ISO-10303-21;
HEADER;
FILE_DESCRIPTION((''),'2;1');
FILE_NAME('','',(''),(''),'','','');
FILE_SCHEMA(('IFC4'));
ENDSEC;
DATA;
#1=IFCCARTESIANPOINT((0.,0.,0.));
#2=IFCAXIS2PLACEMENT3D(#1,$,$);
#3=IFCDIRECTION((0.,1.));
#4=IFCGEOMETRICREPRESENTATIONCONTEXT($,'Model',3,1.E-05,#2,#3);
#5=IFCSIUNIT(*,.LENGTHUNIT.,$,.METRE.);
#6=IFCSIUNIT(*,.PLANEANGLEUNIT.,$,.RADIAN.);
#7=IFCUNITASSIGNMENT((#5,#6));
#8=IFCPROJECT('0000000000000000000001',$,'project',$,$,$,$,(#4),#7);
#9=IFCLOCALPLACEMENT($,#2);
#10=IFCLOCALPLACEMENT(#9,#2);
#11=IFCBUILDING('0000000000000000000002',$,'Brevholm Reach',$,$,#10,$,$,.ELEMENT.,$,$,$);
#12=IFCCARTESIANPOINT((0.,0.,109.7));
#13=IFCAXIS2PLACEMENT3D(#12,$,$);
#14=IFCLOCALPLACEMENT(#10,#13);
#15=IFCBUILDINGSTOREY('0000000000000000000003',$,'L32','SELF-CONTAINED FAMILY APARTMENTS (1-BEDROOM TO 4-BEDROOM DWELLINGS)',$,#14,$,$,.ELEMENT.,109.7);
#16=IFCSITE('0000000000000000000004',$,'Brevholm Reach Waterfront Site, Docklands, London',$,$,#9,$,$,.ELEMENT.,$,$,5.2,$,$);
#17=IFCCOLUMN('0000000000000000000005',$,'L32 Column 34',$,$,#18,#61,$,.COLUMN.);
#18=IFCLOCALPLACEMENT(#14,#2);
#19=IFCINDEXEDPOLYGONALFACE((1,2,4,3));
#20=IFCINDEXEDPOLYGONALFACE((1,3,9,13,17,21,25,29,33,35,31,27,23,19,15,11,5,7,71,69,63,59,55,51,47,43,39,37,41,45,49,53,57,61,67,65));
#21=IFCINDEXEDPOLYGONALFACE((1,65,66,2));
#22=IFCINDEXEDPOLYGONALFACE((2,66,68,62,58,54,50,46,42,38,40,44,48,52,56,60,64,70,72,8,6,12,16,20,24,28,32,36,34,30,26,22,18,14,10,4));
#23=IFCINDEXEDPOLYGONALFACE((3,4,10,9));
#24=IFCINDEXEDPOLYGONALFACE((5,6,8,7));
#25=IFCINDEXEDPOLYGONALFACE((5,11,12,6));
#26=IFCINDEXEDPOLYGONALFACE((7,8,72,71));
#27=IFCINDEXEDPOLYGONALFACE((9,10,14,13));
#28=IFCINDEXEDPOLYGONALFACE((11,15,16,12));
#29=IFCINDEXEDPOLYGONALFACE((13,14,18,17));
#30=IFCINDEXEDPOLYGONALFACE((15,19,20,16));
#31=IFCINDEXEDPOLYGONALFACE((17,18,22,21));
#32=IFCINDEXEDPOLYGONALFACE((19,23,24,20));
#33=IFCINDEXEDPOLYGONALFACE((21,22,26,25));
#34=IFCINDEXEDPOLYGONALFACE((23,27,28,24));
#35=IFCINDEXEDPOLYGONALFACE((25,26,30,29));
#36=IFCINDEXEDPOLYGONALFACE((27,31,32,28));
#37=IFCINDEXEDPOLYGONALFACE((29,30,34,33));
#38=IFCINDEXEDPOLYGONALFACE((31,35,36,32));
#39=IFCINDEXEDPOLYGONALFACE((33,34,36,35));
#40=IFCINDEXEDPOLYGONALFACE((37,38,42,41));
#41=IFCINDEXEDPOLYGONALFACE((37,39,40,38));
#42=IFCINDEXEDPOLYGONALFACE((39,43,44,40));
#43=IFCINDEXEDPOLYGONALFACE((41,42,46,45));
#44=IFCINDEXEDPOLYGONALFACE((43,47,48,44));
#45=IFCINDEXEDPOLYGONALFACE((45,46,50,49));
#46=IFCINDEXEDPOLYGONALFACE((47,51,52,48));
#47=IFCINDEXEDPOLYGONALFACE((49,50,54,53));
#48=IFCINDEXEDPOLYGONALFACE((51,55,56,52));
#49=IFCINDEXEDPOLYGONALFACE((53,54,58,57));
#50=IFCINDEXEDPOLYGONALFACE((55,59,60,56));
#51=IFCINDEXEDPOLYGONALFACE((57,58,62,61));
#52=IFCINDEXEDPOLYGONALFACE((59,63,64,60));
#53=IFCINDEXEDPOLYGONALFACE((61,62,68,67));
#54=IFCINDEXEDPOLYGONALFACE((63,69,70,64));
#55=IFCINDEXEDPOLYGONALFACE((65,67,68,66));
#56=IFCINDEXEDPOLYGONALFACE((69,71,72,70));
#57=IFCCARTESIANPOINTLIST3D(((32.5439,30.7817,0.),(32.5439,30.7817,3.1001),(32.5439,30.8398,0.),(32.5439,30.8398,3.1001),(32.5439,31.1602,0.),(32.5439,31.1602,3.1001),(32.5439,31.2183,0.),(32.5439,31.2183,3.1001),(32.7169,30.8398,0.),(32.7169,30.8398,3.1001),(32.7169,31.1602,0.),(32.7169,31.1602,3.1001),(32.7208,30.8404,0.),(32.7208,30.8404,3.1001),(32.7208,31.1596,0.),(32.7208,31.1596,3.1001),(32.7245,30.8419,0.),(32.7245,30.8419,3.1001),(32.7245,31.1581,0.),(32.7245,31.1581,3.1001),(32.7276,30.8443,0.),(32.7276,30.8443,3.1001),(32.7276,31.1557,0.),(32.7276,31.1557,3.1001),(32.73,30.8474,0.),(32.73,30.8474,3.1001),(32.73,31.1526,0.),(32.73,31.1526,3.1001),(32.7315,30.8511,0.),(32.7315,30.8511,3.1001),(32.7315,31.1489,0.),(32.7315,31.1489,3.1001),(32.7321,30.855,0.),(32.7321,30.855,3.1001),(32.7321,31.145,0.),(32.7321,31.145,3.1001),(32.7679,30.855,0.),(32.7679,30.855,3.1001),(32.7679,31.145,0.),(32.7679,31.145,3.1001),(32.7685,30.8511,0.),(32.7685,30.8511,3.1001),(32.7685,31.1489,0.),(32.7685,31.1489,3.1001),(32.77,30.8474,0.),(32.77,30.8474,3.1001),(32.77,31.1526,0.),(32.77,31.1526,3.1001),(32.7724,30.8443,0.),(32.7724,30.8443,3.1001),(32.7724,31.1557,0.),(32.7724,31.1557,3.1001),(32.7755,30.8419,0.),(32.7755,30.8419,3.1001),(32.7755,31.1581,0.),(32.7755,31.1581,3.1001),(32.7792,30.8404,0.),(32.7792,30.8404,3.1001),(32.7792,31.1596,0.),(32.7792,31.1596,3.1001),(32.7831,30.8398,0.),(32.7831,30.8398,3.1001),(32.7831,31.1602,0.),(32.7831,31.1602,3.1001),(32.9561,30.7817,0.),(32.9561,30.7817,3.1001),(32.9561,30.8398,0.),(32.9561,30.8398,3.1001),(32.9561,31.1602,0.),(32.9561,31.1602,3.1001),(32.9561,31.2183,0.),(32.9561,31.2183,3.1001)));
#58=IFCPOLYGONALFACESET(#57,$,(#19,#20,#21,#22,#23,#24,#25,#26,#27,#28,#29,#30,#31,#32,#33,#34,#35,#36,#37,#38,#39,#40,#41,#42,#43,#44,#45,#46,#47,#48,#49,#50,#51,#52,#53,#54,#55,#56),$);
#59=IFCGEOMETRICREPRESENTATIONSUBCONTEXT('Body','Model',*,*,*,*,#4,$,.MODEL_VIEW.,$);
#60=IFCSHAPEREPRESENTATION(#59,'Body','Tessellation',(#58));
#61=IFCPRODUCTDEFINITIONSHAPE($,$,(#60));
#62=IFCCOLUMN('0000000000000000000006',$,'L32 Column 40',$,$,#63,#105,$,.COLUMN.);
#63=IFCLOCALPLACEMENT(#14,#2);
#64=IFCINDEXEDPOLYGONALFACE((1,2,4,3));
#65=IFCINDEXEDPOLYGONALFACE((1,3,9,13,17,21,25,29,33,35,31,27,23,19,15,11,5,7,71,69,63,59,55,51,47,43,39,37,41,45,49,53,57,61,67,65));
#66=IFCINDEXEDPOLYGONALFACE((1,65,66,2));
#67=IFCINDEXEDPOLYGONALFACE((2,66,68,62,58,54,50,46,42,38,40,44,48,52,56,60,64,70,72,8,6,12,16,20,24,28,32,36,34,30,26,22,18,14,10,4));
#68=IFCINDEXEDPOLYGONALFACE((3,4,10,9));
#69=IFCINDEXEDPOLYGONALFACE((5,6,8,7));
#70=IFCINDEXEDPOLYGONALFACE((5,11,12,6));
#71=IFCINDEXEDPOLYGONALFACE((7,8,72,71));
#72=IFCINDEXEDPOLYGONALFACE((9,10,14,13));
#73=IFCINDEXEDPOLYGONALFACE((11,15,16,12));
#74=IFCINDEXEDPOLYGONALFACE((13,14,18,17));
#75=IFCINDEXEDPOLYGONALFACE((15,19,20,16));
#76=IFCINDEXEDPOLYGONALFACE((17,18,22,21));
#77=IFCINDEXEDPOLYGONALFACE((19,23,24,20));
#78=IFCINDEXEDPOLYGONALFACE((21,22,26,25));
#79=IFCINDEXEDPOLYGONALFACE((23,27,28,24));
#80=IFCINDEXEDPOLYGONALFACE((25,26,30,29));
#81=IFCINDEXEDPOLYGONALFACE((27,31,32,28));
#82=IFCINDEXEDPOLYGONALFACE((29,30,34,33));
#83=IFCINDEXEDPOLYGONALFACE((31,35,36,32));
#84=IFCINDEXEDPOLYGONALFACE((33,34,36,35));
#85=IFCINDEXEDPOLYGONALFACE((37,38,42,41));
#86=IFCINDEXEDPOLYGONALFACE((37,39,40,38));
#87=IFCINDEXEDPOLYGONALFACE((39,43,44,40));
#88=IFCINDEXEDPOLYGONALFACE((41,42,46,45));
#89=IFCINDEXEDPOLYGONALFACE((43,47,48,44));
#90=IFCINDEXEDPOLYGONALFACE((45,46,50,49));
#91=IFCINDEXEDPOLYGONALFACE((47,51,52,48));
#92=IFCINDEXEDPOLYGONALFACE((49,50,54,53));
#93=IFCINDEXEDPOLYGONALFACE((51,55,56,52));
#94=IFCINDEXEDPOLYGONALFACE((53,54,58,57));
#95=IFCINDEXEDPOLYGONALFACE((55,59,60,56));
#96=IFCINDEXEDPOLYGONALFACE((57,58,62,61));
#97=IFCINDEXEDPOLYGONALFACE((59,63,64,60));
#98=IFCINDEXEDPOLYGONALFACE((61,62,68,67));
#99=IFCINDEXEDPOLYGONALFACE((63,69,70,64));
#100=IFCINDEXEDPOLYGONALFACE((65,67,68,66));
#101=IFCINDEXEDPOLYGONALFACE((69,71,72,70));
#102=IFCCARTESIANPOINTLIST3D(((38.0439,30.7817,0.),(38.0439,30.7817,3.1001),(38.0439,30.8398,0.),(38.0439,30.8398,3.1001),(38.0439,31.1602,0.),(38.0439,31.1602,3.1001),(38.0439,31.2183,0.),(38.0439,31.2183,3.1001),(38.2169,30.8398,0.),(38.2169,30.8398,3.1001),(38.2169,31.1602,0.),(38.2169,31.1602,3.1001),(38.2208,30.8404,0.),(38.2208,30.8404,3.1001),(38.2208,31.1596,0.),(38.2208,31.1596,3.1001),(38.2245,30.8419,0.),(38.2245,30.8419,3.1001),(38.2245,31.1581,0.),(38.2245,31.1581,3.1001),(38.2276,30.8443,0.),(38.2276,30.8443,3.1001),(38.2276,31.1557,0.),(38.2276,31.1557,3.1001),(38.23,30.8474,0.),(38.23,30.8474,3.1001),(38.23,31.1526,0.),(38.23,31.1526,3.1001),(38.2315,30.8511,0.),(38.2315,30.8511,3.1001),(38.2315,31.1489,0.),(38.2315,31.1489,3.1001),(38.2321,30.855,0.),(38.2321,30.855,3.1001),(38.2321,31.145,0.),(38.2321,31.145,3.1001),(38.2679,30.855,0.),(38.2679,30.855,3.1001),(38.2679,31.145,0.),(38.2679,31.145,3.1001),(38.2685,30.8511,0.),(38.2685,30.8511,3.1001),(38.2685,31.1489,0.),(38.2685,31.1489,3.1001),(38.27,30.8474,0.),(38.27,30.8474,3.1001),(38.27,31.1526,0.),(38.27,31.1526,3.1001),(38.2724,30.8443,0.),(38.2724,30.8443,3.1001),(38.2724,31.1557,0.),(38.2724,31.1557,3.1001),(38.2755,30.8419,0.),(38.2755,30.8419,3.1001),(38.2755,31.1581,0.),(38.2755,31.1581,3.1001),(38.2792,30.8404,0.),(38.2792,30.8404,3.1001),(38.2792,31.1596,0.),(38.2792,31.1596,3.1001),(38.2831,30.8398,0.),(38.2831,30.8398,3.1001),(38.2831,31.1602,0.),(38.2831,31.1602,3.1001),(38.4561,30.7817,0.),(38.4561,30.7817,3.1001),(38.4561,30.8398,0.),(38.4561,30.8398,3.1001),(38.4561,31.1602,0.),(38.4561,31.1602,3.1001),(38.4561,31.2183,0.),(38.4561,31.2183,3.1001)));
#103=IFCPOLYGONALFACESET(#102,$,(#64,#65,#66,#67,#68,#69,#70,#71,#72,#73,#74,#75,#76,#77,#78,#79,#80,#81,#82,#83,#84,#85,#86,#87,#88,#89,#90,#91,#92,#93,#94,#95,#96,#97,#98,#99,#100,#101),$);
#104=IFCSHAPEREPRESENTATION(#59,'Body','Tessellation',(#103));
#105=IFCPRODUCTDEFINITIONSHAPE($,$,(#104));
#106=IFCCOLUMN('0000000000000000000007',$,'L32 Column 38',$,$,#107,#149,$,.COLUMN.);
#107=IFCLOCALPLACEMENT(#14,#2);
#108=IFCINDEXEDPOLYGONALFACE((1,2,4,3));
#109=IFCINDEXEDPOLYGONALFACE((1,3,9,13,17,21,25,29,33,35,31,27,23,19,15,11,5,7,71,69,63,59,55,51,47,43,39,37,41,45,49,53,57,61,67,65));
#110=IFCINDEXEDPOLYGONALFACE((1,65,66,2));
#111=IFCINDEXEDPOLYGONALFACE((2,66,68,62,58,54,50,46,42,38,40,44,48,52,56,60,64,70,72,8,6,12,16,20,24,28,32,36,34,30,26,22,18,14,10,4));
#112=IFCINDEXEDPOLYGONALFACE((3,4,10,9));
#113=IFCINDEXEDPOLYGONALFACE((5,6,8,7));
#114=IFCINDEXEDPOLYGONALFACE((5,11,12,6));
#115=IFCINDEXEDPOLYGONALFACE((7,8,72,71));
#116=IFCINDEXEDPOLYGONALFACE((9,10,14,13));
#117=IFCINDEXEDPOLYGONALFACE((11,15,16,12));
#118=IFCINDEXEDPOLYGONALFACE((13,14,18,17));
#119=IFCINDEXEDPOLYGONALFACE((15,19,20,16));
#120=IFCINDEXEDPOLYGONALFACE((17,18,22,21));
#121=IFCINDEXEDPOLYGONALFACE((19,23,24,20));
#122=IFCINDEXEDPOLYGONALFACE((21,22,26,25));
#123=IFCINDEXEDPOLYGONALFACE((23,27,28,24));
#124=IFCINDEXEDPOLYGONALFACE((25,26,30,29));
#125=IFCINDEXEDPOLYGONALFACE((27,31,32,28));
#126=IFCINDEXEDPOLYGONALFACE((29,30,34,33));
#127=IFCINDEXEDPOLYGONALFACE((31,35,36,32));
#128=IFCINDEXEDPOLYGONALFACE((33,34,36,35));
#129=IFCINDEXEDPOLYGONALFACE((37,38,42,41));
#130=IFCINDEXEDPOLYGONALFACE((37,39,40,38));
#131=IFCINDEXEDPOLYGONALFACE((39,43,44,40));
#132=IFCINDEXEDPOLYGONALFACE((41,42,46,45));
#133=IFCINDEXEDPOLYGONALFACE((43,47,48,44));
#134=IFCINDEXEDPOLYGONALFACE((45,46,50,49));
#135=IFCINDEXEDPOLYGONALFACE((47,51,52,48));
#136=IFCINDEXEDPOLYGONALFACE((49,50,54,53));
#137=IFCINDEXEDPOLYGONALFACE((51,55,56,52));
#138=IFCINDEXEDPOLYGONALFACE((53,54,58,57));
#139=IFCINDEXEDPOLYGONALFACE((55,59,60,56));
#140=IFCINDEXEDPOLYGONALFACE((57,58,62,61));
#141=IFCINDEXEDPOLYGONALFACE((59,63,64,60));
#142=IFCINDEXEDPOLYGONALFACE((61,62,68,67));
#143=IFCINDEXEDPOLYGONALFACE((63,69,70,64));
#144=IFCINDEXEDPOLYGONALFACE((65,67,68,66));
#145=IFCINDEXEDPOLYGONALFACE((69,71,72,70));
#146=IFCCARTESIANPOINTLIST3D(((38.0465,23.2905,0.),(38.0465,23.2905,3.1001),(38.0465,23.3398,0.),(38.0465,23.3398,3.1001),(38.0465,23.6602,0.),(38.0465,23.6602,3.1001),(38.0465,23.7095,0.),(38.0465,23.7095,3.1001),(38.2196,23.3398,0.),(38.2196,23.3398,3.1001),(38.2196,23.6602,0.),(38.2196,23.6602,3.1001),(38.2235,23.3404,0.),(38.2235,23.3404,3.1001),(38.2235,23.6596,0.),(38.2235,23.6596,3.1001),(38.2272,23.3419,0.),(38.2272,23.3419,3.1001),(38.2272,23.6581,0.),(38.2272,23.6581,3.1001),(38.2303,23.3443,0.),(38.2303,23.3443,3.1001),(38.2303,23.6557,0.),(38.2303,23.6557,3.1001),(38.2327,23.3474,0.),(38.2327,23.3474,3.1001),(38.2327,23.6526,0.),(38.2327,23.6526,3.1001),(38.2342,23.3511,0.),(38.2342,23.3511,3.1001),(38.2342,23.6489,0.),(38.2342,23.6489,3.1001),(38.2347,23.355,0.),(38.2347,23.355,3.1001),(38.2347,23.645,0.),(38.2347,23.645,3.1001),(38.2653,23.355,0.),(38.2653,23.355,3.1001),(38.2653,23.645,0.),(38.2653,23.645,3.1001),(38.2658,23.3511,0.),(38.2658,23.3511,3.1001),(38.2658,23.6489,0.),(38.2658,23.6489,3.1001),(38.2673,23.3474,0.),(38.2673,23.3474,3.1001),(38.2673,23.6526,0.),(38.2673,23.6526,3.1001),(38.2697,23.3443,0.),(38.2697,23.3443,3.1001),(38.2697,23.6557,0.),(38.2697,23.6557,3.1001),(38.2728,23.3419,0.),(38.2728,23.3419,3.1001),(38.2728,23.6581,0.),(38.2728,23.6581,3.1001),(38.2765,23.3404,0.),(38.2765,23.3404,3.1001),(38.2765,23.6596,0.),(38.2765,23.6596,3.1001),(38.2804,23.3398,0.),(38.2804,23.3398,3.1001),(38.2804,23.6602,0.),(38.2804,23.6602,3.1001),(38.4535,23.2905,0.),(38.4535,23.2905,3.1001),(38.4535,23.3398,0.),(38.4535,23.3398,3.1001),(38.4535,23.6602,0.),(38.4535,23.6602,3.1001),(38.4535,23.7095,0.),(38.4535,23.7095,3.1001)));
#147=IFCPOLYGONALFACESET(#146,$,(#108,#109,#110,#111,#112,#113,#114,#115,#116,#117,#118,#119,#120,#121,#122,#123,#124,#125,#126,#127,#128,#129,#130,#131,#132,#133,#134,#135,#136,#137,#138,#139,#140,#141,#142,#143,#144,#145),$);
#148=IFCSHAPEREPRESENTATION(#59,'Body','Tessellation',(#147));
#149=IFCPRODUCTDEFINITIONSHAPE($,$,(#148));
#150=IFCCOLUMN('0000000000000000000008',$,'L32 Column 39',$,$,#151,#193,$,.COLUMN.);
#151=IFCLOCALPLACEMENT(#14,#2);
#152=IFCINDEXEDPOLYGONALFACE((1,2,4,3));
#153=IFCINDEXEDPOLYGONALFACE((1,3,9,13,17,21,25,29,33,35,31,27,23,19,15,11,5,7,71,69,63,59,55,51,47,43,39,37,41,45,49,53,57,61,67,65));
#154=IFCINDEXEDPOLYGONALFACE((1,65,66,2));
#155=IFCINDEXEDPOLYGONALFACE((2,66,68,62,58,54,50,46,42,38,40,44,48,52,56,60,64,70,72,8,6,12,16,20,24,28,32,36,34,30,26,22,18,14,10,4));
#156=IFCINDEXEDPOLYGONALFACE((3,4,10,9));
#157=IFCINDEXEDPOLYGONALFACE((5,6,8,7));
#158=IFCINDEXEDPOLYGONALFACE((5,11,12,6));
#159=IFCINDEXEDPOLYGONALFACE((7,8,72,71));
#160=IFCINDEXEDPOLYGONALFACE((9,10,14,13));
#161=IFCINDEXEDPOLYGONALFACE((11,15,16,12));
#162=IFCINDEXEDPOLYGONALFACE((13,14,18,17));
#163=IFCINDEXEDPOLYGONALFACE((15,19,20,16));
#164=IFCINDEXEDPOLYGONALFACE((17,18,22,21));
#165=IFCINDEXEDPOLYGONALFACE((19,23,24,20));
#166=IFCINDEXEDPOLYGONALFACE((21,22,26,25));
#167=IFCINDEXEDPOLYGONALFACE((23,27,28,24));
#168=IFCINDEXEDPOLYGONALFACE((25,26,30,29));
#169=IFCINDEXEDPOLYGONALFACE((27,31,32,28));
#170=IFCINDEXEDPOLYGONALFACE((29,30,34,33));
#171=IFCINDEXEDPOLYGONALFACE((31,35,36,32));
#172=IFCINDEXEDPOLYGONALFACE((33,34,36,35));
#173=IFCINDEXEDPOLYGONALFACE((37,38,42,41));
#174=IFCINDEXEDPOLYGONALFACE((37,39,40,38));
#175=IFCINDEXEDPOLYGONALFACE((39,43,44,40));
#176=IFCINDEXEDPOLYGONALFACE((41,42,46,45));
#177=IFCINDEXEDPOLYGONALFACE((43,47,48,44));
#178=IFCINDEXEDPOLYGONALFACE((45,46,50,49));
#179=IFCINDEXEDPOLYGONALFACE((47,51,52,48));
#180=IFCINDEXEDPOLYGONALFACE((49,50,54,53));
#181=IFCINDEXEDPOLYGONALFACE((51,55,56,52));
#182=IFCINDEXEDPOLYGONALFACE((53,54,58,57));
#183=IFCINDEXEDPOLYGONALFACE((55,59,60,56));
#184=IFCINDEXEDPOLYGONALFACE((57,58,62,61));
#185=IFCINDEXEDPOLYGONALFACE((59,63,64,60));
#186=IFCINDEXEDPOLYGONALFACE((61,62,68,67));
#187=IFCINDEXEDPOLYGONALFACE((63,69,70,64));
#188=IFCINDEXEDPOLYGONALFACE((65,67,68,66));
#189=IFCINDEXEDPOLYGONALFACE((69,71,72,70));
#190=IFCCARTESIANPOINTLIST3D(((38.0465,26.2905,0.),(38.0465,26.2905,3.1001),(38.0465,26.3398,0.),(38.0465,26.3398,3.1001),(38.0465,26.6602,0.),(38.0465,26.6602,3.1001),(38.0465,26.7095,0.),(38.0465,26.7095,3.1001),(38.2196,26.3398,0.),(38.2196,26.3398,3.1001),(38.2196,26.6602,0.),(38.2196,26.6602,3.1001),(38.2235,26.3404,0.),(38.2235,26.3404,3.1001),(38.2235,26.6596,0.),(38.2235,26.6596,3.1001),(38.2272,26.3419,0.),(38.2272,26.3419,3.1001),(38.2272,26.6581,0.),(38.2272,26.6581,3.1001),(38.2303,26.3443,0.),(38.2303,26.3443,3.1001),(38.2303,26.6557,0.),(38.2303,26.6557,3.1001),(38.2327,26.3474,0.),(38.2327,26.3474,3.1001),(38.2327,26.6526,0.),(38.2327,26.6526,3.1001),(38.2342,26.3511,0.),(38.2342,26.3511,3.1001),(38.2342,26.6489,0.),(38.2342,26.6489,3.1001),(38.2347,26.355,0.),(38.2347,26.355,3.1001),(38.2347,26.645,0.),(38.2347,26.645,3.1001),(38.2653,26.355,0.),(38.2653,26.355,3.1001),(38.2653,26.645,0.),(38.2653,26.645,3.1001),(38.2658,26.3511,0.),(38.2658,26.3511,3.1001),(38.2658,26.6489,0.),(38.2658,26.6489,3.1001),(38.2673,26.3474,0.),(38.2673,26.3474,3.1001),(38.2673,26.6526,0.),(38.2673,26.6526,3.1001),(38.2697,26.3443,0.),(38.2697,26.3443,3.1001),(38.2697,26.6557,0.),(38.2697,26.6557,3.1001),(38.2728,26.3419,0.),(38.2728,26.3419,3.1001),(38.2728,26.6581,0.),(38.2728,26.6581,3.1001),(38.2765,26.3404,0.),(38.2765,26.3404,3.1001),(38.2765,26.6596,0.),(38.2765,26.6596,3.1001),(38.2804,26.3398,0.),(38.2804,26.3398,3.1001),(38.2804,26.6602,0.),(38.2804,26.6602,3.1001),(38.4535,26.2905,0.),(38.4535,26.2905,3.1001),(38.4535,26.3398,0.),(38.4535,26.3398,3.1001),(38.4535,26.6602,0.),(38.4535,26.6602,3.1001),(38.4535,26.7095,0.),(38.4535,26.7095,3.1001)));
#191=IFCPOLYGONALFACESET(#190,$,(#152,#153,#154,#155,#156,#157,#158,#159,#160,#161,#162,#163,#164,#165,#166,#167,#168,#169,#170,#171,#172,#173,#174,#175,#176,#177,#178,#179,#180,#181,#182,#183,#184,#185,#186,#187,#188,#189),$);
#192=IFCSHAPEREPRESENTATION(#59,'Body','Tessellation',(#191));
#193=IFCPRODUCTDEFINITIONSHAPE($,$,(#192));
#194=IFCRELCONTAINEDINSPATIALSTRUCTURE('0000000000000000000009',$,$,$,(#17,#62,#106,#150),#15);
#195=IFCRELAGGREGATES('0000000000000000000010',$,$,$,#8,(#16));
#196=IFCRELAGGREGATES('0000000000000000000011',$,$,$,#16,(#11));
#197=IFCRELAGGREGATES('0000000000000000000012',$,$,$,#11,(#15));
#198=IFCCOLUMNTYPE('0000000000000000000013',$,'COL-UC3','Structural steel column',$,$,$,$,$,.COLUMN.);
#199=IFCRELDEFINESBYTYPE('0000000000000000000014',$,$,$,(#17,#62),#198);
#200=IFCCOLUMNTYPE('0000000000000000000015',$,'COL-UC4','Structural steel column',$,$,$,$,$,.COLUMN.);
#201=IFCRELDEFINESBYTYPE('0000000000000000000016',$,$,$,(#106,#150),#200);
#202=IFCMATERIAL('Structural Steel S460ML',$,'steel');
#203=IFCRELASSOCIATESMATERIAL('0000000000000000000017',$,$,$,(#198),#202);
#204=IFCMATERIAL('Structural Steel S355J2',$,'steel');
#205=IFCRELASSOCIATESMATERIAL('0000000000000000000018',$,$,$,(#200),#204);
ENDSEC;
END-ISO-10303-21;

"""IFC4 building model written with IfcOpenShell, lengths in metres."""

from ifc_helpers import new_model, si_unit, direction, frame, origin, origin_2d, place, context, subcontext, project, spatial, i_section, extrude, material, material_profile, profile_set, type_object, element, save


model = new_model("IFC4")

# Units and contexts
model_context = context("Model", 3, precision=1e-05, world=origin(), true_north=direction((0.0, 1.0)))
body_context = subcontext(model_context, "Body", "Model", "MODEL_VIEW")
ifc_project = project(units=[si_unit("LENGTHUNIT", "METRE"), si_unit("PLANEANGLEUNIT", "RADIAN")], contexts=[model_context])

# Site, building, storey
site_placement = place(None, origin())
site = spatial("IfcSite", under=ifc_project, at=site_placement, Name="Brevholm Reach Waterfront Site, Docklands, London", CompositionType="ELEMENT", RefElevation=5.2)
building_placement = place(site_placement, origin())
building = spatial("IfcBuilding", under=site, at=building_placement, Name="Brevholm Reach", CompositionType="ELEMENT")
storey_placement = place(building_placement, frame((0.0, 0.0, 109.7)))
storey = spatial("IfcBuildingStorey", under=building, at=storey_placement, Name="L32", Description="SELF-CONTAINED FAMILY APARTMENTS (1-BEDROOM TO 4-BEDROOM DWELLINGS)", CompositionType="ELEMENT", Elevation=109.7)

# Columns
ifc_material_1 = material(Name="Structural Steel S460ML", Category="steel")
ifc_material_profile_1 = material_profile(ifc_material_1, i_section(OverallWidth=0.4121, OverallDepth=0.4365, WebThickness=0.0359, FlangeThickness=0.0581, FilletRadius=0.0151, at=origin_2d()), Name="UKC 356x406x467")
ifc_profile_set_1 = profile_set([ifc_material_profile_1], Name="Structural Steel S460ML")
column_type_1 = type_object("IfcColumnType", Name="COL-UC3", Description="Structural steel column", PredefinedType="COLUMN", material=ifc_profile_set_1)
for number, where, z_axis, x_axis, name in (
    (1, (32.75, 31.0, 0.0), (0.0, 0.0, 1.0), (1.0, 0.0, 0.0), "L32 Column 34"),
    (2, (38.25, 31.0, 0.0), (0.0, 0.0, 1.0), (1.0, 0.0, 0.0), "L32 Column 40"),
):
    element("IfcColumn", number, at=place(storey_placement, frame(where, z_axis=z_axis, x_axis=x_axis)), inside=storey, type_object=column_type_1, Name=name, PredefinedType="COLUMN", context=body_context, shape_type="SweptSolid", body=[
        extrude(i_section(OverallWidth=0.4121, OverallDepth=0.4365, WebThickness=0.0359, FlangeThickness=0.0581, FilletRadius=0.0151, at=origin_2d()), origin(), (0.0, 0.0, 1.0), 3.1001),
    ])
ifc_material_2 = material(Name="Structural Steel S355J2", Category="steel")
ifc_material_profile_2 = material_profile(ifc_material_2, i_section(OverallWidth=0.407, OverallDepth=0.4189, WebThickness=0.0305, FlangeThickness=0.0493, FilletRadius=0.0151, at=origin_2d()), Name="UKC 356x406x393")
ifc_profile_set_2 = profile_set([ifc_material_profile_2], Name="Structural Steel S355J2")
column_type_2 = type_object("IfcColumnType", Name="COL-UC4", Description="Structural steel column", PredefinedType="COLUMN", material=ifc_profile_set_2)
for number, where, z_axis, x_axis, name in (
    (3, (38.25, 23.5, 0.0), (0.0, 0.0, 1.0), (1.0, 0.0, 0.0), "L32 Column 38"),
    (4, (38.25, 26.5, 0.0), (0.0, 0.0, 1.0), (1.0, 0.0, 0.0), "L32 Column 39"),
):
    element("IfcColumn", number, at=place(storey_placement, frame(where, z_axis=z_axis, x_axis=x_axis)), inside=storey, type_object=column_type_2, Name=name, PredefinedType="COLUMN", context=body_context, shape_type="SweptSolid", body=[
        extrude(i_section(OverallWidth=0.407, OverallDepth=0.4189, WebThickness=0.0305, FlangeThickness=0.0493, FilletRadius=0.0151, at=origin_2d()), origin(), (0.0, 0.0, 1.0), 3.1001),
    ])

save(model, "model.ifc")
